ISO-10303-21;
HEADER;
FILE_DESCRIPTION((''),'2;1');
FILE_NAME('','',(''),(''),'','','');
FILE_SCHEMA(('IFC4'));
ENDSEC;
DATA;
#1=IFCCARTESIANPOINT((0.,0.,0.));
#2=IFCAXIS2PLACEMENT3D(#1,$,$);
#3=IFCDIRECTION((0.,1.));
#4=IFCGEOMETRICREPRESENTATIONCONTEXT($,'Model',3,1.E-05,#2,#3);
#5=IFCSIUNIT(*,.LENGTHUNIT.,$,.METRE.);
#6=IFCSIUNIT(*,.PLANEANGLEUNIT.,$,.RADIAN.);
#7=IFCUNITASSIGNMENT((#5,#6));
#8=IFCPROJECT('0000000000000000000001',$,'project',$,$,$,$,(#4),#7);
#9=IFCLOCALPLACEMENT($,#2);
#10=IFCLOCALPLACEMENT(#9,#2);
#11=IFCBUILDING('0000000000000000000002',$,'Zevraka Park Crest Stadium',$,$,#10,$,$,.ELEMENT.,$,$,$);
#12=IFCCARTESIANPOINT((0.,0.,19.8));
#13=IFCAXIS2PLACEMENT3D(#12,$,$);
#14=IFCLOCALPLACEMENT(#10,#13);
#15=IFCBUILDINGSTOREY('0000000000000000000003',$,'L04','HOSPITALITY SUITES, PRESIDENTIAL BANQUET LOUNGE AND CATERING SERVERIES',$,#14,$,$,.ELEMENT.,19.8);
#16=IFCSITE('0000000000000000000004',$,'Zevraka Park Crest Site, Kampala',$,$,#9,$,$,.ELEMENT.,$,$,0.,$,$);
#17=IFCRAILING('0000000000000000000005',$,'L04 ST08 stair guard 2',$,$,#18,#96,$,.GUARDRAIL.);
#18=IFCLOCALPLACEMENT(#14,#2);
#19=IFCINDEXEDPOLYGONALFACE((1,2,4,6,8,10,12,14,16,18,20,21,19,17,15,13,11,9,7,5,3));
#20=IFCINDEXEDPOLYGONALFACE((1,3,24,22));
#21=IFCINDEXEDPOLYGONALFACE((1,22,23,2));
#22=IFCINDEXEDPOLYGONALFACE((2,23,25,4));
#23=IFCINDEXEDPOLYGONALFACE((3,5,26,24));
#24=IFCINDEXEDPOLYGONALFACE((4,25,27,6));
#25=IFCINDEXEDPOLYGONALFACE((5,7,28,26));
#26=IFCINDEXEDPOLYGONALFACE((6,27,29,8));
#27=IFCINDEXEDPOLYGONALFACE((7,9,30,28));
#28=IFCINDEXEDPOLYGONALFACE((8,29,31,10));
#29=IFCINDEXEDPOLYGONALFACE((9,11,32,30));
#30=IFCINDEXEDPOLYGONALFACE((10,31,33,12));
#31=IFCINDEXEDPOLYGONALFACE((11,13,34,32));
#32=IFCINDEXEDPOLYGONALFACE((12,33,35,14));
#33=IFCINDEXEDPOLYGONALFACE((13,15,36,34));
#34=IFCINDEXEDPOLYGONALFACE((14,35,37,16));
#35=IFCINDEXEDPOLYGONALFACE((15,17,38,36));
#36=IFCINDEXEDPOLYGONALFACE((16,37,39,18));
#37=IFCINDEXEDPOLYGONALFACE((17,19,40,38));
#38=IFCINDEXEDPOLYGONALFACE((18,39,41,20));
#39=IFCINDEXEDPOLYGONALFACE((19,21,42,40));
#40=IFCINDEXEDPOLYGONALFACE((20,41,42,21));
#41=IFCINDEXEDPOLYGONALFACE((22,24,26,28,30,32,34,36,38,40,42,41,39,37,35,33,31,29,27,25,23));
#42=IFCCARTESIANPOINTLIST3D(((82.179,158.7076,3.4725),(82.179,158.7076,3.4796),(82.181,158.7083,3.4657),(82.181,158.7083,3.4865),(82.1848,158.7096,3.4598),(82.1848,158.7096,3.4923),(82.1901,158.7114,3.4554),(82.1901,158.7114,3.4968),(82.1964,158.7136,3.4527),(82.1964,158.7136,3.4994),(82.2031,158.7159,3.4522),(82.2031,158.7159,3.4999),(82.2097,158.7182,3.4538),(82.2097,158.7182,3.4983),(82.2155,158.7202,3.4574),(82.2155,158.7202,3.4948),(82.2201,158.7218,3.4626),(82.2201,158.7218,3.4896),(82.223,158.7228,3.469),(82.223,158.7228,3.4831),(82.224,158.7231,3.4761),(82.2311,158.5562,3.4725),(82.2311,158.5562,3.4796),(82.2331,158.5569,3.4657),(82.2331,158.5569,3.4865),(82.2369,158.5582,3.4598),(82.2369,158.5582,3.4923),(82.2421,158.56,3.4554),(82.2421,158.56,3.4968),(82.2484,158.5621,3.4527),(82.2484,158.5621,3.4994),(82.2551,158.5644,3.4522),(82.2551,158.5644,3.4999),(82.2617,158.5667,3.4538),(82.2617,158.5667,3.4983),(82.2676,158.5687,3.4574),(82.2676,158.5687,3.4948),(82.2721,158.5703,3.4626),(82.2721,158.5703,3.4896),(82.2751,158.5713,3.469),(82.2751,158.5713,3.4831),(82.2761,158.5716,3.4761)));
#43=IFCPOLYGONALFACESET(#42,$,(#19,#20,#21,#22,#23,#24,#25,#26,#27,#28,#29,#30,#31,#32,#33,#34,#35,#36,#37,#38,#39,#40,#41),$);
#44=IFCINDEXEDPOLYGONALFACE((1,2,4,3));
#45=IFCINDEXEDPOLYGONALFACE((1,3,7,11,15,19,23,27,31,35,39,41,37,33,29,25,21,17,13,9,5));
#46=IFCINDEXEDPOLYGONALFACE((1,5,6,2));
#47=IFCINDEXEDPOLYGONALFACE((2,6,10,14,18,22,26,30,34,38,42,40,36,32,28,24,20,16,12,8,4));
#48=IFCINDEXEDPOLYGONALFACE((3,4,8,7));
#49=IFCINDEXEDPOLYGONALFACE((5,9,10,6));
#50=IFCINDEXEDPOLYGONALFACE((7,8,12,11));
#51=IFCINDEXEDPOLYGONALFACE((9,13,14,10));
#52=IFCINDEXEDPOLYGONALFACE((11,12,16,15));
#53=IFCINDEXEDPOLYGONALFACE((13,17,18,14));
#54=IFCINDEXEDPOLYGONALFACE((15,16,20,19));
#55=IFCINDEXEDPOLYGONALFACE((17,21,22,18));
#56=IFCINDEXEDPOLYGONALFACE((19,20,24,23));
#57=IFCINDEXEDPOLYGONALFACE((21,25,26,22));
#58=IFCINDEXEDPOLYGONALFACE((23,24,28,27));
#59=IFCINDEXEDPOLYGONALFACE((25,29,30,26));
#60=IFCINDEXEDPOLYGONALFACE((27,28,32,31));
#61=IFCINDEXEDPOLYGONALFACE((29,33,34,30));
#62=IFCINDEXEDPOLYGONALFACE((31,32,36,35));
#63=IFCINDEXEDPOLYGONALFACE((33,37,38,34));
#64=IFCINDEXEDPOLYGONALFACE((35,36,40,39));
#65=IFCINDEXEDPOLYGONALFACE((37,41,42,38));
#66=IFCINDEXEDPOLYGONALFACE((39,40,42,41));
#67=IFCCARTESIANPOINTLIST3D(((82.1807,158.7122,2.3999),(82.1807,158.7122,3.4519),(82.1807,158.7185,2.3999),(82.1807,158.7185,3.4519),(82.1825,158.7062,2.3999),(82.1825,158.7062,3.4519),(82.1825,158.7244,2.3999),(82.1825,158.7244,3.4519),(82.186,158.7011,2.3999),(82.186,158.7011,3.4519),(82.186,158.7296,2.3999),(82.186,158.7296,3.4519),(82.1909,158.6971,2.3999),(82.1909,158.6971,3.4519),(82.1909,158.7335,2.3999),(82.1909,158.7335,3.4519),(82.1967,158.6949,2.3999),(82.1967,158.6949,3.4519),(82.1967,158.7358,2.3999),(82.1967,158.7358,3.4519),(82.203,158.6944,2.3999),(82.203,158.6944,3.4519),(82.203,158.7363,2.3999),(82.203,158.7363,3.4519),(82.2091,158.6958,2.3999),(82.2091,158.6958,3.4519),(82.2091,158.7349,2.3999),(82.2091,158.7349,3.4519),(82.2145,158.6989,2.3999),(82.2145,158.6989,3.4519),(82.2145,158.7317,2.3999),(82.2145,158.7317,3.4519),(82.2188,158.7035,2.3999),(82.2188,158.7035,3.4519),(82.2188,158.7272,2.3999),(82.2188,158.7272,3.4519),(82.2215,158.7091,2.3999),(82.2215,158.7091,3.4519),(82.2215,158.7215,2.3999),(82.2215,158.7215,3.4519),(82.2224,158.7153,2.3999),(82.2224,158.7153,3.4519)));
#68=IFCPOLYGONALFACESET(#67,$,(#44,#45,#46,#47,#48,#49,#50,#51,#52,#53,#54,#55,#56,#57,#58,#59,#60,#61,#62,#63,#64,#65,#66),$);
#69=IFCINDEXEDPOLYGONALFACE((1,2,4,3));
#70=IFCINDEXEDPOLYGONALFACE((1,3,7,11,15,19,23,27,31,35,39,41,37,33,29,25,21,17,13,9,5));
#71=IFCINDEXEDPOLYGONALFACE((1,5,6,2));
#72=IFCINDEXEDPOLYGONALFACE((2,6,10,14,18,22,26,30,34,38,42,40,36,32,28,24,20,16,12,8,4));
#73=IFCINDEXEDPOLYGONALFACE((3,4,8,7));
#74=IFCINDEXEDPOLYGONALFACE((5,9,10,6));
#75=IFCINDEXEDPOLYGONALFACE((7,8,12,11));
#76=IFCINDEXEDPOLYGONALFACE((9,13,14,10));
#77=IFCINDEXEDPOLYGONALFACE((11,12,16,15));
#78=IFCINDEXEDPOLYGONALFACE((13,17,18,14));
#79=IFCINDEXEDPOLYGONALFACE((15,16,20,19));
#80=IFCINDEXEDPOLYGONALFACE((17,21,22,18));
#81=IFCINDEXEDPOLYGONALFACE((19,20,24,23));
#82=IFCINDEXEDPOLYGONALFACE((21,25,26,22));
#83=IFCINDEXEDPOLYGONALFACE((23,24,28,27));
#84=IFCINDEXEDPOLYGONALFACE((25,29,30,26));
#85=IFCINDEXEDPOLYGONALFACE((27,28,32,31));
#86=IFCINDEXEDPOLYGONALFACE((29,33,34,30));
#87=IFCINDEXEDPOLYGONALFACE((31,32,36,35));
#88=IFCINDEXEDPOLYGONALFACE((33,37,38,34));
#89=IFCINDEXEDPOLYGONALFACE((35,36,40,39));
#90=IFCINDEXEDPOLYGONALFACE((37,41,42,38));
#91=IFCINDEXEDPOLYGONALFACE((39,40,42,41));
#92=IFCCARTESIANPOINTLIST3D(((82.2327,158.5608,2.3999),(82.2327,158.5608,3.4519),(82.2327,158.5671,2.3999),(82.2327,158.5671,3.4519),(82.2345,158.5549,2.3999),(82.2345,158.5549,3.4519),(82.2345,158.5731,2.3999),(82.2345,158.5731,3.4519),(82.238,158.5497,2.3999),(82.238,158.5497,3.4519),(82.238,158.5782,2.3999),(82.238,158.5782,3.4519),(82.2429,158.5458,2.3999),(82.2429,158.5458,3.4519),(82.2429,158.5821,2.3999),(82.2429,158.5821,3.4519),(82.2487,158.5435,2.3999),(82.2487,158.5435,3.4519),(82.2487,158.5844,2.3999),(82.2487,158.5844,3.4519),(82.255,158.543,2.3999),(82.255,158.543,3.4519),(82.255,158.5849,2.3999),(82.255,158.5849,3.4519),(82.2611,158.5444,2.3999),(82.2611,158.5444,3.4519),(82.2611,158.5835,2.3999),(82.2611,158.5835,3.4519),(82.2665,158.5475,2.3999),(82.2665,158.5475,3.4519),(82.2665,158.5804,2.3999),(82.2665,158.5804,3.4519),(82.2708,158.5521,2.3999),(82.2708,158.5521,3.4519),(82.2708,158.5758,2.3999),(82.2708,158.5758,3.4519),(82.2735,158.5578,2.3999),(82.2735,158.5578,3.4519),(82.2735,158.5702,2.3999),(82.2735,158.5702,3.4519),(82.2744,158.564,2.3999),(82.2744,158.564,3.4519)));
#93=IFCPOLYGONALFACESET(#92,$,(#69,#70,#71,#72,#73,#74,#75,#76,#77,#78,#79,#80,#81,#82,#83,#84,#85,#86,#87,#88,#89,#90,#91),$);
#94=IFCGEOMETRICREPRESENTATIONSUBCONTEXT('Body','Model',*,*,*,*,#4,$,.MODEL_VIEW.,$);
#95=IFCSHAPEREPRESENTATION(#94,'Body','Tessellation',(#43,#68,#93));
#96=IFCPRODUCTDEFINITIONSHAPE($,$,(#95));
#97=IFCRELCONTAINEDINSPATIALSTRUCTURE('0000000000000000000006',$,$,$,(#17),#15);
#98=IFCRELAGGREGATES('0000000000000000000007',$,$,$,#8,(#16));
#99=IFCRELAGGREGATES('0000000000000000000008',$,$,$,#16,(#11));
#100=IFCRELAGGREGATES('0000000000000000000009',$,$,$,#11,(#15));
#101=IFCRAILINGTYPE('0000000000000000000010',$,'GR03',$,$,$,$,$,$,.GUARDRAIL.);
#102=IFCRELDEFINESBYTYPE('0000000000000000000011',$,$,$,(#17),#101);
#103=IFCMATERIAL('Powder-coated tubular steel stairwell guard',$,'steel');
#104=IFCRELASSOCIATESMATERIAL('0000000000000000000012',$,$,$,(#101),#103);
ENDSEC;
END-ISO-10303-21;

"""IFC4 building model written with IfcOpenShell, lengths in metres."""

from ifc_helpers import new_model, si_unit, direction, frame, origin, origin_2d, place, context, subcontext, project, spatial, circle, extrude, material, type_object, element, save


model = new_model("IFC4")

# Units and contexts
model_context = context("Model", 3, precision=1e-05, world=origin(), true_north=direction((0.0, 1.0)))
body_context = subcontext(model_context, "Body", "Model", "MODEL_VIEW")
ifc_project = project(units=[si_unit("LENGTHUNIT", "METRE"), si_unit("PLANEANGLEUNIT", "RADIAN")], contexts=[model_context])

# Site, building, storey
site_placement = place(None, origin())
site = spatial("IfcSite", under=ifc_project, at=site_placement, Name="Zevraka Park Crest Site, Kampala", CompositionType="ELEMENT", RefElevation=0.0)
building_placement = place(site_placement, origin())
building = spatial("IfcBuilding", under=site, at=building_placement, Name="Zevraka Park Crest Stadium", CompositionType="ELEMENT")
storey_placement = place(building_placement, frame((0.0, 0.0, 19.8)))
storey = spatial("IfcBuildingStorey", under=building, at=storey_placement, Name="L04", Description="HOSPITALITY SUITES, PRESIDENTIAL BANQUET LOUNGE AND CATERING SERVERIES", CompositionType="ELEMENT", Elevation=19.8)

# Railing
ifc_material_1 = material(Name="Powder-coated tubular steel stairwell guard", Category="steel")
railing_type_1 = type_object("IfcRailingType", Name="GR03", PredefinedType="GUARDRAIL", material=ifc_material_1)
railing_1_placement = place(storey_placement, frame((82.2014, 158.7153, 2.3999)))
element("IfcRailing", 1, at=railing_1_placement, inside=storey, type_object=railing_type_1, Name="L04 ST08 stair guard 2", PredefinedType="GUARDRAIL", context=body_context, shape_type="SweptSolid", body=[
    extrude(circle(Radius=0.0239, at=origin_2d()), frame((0.0, 0.0, 1.0762), z_axis=(0.324909, -0.945745, 0.0), x_axis=(0.945745, 0.324909, 0.0)), (0.0, 0.0, 1.0), 0.1602),
    extrude(circle(Radius=0.021, at=origin_2d()), origin(), (0.0, 0.0, 1.0), 1.052),
    extrude(circle(Radius=0.021, at=origin_2d()), frame((0.052, -0.1514, 0.0)), (0.0, 0.0, 1.0), 1.052),
])

save(model, "model.ifc")
